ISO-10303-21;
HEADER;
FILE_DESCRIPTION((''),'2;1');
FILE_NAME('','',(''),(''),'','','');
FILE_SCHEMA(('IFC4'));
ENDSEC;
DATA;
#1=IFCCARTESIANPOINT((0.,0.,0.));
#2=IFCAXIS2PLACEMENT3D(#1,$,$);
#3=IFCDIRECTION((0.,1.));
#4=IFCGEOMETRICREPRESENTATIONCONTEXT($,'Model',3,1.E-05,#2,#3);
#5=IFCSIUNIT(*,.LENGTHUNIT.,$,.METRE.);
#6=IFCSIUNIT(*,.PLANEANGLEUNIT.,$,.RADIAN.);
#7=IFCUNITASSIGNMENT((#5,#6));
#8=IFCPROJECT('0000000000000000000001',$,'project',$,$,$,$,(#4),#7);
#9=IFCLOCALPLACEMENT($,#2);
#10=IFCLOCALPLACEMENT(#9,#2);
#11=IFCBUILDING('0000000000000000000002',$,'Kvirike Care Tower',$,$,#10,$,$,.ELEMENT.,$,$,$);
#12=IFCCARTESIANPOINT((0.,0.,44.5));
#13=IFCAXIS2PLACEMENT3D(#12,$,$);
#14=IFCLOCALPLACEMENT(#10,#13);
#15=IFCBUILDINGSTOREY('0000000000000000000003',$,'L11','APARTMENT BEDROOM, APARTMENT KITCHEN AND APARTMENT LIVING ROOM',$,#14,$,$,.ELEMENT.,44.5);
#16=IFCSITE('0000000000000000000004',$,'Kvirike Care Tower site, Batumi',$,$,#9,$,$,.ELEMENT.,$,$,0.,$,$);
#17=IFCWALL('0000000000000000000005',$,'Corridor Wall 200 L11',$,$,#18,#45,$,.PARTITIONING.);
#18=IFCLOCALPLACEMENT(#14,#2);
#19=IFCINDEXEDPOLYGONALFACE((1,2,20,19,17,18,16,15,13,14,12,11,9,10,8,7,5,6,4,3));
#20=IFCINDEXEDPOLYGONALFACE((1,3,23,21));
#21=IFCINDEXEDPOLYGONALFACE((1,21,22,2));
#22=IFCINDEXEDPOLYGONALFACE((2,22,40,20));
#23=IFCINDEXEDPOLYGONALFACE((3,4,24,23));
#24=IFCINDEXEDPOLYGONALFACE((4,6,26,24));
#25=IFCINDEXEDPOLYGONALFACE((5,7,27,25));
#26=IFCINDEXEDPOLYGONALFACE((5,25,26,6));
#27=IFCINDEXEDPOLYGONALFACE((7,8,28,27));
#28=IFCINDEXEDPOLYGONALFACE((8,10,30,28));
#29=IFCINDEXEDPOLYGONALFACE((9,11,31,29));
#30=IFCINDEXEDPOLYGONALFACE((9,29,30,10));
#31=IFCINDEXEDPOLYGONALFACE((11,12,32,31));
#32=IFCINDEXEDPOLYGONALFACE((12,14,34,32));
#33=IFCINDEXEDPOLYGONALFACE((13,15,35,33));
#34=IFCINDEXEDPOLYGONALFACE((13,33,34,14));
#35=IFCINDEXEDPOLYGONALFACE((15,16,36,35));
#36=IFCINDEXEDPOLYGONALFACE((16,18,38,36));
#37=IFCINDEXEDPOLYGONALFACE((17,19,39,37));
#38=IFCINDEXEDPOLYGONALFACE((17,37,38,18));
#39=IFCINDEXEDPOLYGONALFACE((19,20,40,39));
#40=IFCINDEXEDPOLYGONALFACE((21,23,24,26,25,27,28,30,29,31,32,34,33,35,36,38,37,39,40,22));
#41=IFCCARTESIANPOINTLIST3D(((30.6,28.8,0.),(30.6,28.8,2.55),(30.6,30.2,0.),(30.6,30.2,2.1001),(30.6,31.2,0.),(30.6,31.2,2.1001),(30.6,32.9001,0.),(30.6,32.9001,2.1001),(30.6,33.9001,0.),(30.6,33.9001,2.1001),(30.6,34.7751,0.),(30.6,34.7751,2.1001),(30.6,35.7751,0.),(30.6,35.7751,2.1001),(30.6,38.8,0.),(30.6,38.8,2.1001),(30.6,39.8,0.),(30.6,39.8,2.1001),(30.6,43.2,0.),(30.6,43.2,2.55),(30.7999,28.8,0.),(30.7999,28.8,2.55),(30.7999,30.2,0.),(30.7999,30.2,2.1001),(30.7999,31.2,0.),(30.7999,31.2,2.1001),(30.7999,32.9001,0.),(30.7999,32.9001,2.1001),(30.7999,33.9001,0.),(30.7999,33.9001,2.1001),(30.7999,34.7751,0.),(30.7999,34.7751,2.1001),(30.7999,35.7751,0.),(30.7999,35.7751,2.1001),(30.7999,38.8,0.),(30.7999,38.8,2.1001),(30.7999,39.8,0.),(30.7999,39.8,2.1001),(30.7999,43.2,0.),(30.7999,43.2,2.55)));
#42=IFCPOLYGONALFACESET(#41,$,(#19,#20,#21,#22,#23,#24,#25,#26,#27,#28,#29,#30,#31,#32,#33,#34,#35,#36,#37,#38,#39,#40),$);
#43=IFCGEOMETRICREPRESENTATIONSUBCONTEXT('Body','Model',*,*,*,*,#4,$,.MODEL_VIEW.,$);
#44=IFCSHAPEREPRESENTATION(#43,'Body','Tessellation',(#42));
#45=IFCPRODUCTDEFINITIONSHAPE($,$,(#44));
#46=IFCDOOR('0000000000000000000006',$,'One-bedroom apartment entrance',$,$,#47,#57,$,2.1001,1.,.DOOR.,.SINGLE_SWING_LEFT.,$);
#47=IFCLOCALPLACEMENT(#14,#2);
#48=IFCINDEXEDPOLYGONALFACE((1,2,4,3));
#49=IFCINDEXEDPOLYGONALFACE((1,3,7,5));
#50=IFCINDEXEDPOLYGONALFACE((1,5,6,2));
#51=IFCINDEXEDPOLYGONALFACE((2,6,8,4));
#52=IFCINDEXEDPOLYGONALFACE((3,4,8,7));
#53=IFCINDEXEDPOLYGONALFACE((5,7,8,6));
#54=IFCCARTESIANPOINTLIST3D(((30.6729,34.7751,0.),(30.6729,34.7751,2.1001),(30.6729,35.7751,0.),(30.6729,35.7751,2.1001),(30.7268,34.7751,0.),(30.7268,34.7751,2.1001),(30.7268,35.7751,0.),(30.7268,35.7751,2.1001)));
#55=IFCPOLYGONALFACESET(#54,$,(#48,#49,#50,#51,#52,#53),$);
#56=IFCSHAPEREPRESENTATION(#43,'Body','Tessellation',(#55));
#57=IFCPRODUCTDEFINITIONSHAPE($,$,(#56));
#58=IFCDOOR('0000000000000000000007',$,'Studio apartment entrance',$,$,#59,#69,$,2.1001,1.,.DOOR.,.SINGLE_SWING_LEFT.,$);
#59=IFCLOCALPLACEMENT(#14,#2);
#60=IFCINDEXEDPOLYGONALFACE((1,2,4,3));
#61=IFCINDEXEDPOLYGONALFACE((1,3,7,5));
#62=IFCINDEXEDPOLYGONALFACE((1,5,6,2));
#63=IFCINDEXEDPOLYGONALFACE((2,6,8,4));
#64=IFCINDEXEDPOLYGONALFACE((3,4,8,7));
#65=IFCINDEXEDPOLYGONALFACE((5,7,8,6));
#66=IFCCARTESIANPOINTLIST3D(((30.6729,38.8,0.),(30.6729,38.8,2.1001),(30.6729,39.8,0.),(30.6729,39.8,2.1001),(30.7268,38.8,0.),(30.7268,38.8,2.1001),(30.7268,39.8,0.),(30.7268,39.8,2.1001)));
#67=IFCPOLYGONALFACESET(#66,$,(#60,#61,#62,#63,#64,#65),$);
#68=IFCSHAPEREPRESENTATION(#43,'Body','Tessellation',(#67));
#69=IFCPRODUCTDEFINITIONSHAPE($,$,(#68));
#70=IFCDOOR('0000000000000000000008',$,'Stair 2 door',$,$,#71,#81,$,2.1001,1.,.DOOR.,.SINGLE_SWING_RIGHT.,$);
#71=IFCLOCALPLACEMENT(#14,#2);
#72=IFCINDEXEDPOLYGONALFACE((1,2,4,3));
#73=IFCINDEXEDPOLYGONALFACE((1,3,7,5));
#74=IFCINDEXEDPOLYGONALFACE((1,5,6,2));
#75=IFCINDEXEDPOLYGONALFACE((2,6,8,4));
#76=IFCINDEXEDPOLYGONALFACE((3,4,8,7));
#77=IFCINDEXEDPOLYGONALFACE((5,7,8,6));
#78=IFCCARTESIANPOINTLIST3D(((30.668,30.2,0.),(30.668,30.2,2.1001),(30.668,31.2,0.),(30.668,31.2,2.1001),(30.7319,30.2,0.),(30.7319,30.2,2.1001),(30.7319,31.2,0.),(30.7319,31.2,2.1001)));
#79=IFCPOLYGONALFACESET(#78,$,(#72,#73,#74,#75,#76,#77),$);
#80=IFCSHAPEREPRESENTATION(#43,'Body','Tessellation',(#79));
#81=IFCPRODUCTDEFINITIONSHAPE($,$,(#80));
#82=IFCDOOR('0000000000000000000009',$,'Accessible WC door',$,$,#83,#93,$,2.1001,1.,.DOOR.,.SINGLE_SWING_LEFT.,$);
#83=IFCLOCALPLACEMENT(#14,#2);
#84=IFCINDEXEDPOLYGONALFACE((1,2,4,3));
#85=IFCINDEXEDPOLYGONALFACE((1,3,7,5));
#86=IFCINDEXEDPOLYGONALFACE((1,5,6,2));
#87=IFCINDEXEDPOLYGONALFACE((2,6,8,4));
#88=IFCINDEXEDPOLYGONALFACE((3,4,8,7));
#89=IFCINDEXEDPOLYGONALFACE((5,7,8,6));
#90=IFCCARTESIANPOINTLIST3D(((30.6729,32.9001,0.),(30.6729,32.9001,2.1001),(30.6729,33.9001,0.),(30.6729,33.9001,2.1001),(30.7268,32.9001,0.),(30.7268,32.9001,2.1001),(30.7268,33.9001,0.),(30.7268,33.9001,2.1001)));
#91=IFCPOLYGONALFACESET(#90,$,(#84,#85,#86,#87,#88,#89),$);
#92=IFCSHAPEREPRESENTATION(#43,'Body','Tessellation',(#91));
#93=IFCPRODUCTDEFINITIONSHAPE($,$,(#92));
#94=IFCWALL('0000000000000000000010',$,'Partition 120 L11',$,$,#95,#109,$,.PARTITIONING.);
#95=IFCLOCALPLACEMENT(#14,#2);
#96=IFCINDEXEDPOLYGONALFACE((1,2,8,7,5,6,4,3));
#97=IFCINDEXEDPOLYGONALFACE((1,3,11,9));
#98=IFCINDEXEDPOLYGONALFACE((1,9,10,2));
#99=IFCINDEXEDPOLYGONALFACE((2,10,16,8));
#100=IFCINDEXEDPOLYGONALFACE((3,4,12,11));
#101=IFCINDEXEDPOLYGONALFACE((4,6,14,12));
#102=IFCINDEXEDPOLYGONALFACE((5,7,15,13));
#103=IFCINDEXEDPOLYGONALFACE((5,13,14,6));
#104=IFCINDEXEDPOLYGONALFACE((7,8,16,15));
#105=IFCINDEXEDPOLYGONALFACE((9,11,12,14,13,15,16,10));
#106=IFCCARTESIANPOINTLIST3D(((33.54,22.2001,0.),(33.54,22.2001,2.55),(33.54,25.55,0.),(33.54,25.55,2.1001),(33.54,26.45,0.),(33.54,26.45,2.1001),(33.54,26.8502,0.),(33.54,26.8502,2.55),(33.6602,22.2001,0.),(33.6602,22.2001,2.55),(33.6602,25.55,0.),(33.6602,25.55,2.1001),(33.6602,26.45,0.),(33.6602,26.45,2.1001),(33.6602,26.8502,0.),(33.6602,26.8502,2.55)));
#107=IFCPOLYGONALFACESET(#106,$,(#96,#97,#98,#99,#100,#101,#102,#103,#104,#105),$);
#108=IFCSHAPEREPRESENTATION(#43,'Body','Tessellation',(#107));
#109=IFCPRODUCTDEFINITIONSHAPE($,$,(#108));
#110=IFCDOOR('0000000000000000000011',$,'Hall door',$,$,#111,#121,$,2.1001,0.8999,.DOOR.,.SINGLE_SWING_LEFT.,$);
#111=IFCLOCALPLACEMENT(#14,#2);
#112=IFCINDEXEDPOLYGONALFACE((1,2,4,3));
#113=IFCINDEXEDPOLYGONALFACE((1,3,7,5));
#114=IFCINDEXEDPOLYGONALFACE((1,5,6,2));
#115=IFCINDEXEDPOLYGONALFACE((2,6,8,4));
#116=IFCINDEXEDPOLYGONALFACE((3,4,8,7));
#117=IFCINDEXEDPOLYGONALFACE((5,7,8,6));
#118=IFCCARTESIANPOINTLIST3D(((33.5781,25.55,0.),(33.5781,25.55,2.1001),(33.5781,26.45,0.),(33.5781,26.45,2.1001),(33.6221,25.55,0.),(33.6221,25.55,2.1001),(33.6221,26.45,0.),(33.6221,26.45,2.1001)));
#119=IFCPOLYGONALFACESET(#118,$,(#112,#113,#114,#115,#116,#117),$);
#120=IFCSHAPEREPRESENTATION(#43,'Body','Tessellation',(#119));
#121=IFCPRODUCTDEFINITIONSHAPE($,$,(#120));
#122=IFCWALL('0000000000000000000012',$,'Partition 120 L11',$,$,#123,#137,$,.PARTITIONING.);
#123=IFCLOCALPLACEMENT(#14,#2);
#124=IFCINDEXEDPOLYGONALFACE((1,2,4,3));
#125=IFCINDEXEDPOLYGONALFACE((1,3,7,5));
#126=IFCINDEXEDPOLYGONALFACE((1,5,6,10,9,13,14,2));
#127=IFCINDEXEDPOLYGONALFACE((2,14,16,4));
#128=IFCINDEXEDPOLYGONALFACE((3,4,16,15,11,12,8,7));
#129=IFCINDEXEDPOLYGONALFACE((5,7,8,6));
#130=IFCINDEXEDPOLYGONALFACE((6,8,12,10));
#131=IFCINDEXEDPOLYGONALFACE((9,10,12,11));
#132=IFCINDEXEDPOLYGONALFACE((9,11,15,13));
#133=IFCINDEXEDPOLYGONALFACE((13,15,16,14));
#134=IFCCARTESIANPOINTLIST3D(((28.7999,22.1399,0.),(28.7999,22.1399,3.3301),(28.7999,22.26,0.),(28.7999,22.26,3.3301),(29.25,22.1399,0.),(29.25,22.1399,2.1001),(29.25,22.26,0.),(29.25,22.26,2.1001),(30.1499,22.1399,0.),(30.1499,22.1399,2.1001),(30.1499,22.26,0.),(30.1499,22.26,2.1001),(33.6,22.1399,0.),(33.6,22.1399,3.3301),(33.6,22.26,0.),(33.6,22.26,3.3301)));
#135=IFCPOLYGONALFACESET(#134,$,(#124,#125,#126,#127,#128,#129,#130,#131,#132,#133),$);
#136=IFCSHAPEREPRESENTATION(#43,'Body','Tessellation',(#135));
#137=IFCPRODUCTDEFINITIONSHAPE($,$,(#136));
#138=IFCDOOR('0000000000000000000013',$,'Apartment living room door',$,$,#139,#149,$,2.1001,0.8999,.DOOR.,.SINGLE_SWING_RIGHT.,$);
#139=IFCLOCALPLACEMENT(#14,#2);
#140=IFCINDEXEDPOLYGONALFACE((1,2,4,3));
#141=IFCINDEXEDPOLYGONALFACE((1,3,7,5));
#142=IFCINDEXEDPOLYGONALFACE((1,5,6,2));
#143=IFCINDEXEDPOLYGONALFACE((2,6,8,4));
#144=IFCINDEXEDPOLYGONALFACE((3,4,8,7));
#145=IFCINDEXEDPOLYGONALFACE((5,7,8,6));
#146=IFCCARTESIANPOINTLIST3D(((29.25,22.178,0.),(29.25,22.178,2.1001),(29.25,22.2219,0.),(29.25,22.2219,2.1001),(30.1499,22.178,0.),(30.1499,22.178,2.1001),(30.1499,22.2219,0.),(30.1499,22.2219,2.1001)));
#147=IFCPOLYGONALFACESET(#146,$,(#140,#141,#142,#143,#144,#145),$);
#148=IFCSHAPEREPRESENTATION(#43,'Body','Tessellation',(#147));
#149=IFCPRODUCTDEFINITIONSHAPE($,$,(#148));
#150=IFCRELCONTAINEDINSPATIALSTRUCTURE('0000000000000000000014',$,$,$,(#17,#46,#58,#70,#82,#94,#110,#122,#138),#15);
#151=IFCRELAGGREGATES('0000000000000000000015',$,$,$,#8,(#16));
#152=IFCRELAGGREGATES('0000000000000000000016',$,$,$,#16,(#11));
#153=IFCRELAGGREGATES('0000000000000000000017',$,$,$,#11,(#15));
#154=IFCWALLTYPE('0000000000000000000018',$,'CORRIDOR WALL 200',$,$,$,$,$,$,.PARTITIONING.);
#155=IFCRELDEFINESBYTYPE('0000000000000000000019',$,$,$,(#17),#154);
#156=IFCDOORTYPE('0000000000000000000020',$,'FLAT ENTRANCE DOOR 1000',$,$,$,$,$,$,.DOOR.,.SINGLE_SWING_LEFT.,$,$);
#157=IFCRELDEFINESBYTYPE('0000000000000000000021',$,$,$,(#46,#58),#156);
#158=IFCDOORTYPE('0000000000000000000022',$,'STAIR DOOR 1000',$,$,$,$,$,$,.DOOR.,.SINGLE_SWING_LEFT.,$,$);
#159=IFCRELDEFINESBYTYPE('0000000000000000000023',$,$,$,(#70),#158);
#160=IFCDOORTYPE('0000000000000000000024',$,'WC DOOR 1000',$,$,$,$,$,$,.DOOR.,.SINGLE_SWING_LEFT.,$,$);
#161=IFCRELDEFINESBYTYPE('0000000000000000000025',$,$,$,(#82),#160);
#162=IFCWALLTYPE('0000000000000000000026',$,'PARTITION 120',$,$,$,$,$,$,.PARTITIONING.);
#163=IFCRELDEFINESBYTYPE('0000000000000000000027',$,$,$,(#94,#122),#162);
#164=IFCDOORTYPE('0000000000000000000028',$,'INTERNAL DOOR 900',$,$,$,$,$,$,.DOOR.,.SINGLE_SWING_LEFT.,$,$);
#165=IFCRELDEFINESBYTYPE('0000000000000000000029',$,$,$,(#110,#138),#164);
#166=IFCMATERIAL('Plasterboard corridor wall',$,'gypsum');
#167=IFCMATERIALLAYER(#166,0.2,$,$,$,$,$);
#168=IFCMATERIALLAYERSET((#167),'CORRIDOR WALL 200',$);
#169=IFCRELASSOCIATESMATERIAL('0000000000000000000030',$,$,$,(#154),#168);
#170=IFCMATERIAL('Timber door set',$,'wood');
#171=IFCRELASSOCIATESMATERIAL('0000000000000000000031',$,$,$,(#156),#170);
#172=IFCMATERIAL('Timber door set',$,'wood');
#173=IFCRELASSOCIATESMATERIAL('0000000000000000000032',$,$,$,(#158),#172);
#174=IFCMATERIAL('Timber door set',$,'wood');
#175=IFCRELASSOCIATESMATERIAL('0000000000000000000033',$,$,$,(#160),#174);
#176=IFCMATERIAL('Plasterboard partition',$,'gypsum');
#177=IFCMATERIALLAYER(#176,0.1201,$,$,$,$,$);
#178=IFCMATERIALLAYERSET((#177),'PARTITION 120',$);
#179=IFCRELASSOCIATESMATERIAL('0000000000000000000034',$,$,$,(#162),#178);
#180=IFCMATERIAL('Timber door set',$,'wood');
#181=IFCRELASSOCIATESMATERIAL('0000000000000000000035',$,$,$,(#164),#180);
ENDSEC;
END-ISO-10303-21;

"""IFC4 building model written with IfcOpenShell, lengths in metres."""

from ifc_helpers import new_model, si_unit, direction, frame, frame_2d, origin, place, context, subcontext, project, spatial, rectangle, extrude, material, layer, layer_set, type_object, element, fill, save


model = new_model("IFC4")

# Units and contexts
model_context = context("Model", 3, precision=1e-05, world=origin(), true_north=direction((0.0, 1.0)))
body_context = subcontext(model_context, "Body", "Model", "MODEL_VIEW")
ifc_project = project(units=[si_unit("LENGTHUNIT", "METRE"), si_unit("PLANEANGLEUNIT", "RADIAN")], contexts=[model_context])

# Site, building, storey
site_placement = place(None, origin())
site = spatial("IfcSite", under=ifc_project, at=site_placement, Name="Kvirike Care Tower site, Batumi", CompositionType="ELEMENT", RefElevation=0.0)
building_placement = place(site_placement, origin())
building = spatial("IfcBuilding", under=site, at=building_placement, Name="Kvirike Care Tower", CompositionType="ELEMENT")
storey_placement = place(building_placement, frame((0.0, 0.0, 44.5)))
storey = spatial("IfcBuildingStorey", under=building, at=storey_placement, Name="L11", Description="APARTMENT BEDROOM, APARTMENT KITCHEN AND APARTMENT LIVING ROOM", CompositionType="ELEMENT", Elevation=44.5)

# Shared definitions
ifc_material_1 = material(Name="Plasterboard corridor wall", Category="gypsum")
ifc_layer_1 = layer(ifc_material_1, 0.2)
ifc_layer_set_1 = layer_set([ifc_layer_1], Name="CORRIDOR WALL 200")
wall_type_1 = type_object("IfcWallType", Name="CORRIDOR WALL 200", PredefinedType="PARTITIONING", material=ifc_layer_set_1)
ifc_material_2 = material(Name="Timber door set", Category="wood")
door_type_1 = type_object("IfcDoorType", Name="FLAT ENTRANCE DOOR 1000", OperationType="SINGLE_SWING_LEFT", PredefinedType="DOOR", material=ifc_material_2)

# Wall, openings, doors
wall_1_placement = place(storey_placement, frame((30.7, 28.8, 0.0), z_axis=(0.0, 0.0, 1.0), x_axis=(0.0, 1.0, 0.0)))
wall_1 = element("IfcWall", 1, at=wall_1_placement, inside=storey, type_object=wall_type_1, Name="Corridor Wall 200 L11", PredefinedType="PARTITIONING", context=body_context, shape_type="SweptSolid", body=[
    extrude(rectangle(XDim=14.3999, YDim=0.2, at=frame_2d((7.2, 0.0))), origin(), (0.0, 0.0, 1.0), 2.55),
])
opening_1_placement = place(wall_1_placement, frame((1.3999, 0.0, 0.0)))
opening_1 = element("IfcOpeningElement", 2, at=opening_1_placement, cuts=wall_1, PredefinedType="OPENING", context=body_context, shape_type="SweptSolid", body=[
    extrude(rectangle(XDim=1.0, YDim=2.1001, at=frame_2d((0.5, 1.05))), frame((0.0, 0.1106, 0.0), z_axis=(0.0, -1.0, 0.0), x_axis=(1.0, 0.0, 0.0)), (0.0, 0.0, 1.0), 0.2209),
])
opening_2_placement = place(wall_1_placement, frame((4.1001, 0.0, 0.0)))
opening_2 = element("IfcOpeningElement", 3, at=opening_2_placement, cuts=wall_1, PredefinedType="OPENING", context=body_context, shape_type="SweptSolid", body=[
    extrude(rectangle(XDim=1.0, YDim=2.1001, at=frame_2d((0.5, 1.05))), frame((0.0, 0.1106, 0.0), z_axis=(0.0, -1.0, 0.0), x_axis=(1.0, 0.0, 0.0)), (0.0, 0.0, 1.0), 0.2209),
])
opening_3_placement = place(wall_1_placement, frame((5.9751, 0.0, 0.0)))
opening_3 = element("IfcOpeningElement", 4, at=opening_3_placement, cuts=wall_1, PredefinedType="OPENING", context=body_context, shape_type="SweptSolid", body=[
    extrude(rectangle(XDim=1.0, YDim=2.1001, at=frame_2d((0.5, 1.05))), frame((0.0, 0.1106, 0.0), z_axis=(0.0, -1.0, 0.0), x_axis=(1.0, 0.0, 0.0)), (0.0, 0.0, 1.0), 0.2209),
])
opening_4_placement = place(wall_1_placement, frame((10.0, 0.0, 0.0)))
opening_4 = element("IfcOpeningElement", 5, at=opening_4_placement, cuts=wall_1, PredefinedType="OPENING", context=body_context, shape_type="SweptSolid", body=[
    extrude(rectangle(XDim=1.0, YDim=2.1001, at=frame_2d((0.5, 1.05))), frame((0.0, 0.1106, 0.0), z_axis=(0.0, -1.0, 0.0), x_axis=(1.0, 0.0, 0.0)), (0.0, 0.0, 1.0), 0.2209),
])
door_1_placement = place(opening_3_placement, frame((1.0, 0.0, 0.0), z_axis=(0.0, 0.0, 1.0), x_axis=(-1.0, 0.0, 0.0)))
door_1 = element("IfcDoor", 6, at=door_1_placement, inside=storey, type_object=door_type_1, Name="One-bedroom apartment entrance", OperationType="SINGLE_SWING_LEFT", OverallHeight=2.1001, OverallWidth=1.0, PredefinedType="DOOR", context=body_context, shape_type="SweptSolid", body=[
    extrude(rectangle(XDim=1.0, YDim=2.1001, at=frame_2d((0.5, 1.05))), frame((0.0, 0.0269, 0.0), z_axis=(0.0, -1.0, 0.0), x_axis=(1.0, 0.0, 0.0)), (0.0, 0.0, 1.0), 0.054),
])
fill(opening_3, door_1)
door_2_placement = place(opening_4_placement, frame((1.0, 0.0, 0.0), z_axis=(0.0, 0.0, 1.0), x_axis=(-1.0, 0.0, 0.0)))
door_2 = element("IfcDoor", 7, at=door_2_placement, inside=storey, type_object=door_type_1, Name="Studio apartment entrance", OperationType="SINGLE_SWING_LEFT", OverallHeight=2.1001, OverallWidth=1.0, PredefinedType="DOOR", context=body_context, shape_type="SweptSolid", body=[
    extrude(rectangle(XDim=1.0, YDim=2.1001, at=frame_2d((0.5, 1.05))), frame((0.0, 0.0269, 0.0), z_axis=(0.0, -1.0, 0.0), x_axis=(1.0, 0.0, 0.0)), (0.0, 0.0, 1.0), 0.054),
])
fill(opening_4, door_2)
ifc_material_3 = material(Name="Timber door set", Category="wood")
door_type_2 = type_object("IfcDoorType", Name="STAIR DOOR 1000", OperationType="SINGLE_SWING_LEFT", PredefinedType="DOOR", material=ifc_material_3)
door_3_placement = place(opening_1_placement, frame((1.0, 0.0, 0.0), z_axis=(0.0, 0.0, 1.0), x_axis=(-1.0, 0.0, 0.0)))
door_3 = element("IfcDoor", 8, at=door_3_placement, inside=storey, type_object=door_type_2, Name="Stair 2 door", OperationType="SINGLE_SWING_RIGHT", OverallHeight=2.1001, OverallWidth=1.0, PredefinedType="DOOR", context=body_context, shape_type="SweptSolid", body=[
    extrude(rectangle(XDim=1.0, YDim=2.1001, at=frame_2d((0.5, 1.05))), frame((0.0, 0.032, 0.0), z_axis=(0.0, -1.0, 0.0), x_axis=(1.0, 0.0, 0.0)), (0.0, 0.0, 1.0), 0.064),
])
fill(opening_1, door_3)
ifc_material_4 = material(Name="Timber door set", Category="wood")
door_type_3 = type_object("IfcDoorType", Name="WC DOOR 1000", OperationType="SINGLE_SWING_LEFT", PredefinedType="DOOR", material=ifc_material_4)
door_4_placement = place(opening_2_placement, frame((1.0, 0.0, 0.0), z_axis=(0.0, 0.0, 1.0), x_axis=(-1.0, 0.0, 0.0)))
door_4 = element("IfcDoor", 9, at=door_4_placement, inside=storey, type_object=door_type_3, Name="Accessible WC door", OperationType="SINGLE_SWING_LEFT", OverallHeight=2.1001, OverallWidth=1.0, PredefinedType="DOOR", context=body_context, shape_type="SweptSolid", body=[
    extrude(rectangle(XDim=1.0, YDim=2.1001, at=frame_2d((0.5, 1.05))), frame((0.0, 0.0269, 0.0), z_axis=(0.0, -1.0, 0.0), x_axis=(1.0, 0.0, 0.0)), (0.0, 0.0, 1.0), 0.054),
])
fill(opening_2, door_4)

# Walls, openings, doors
ifc_material_5 = material(Name="Plasterboard partition", Category="gypsum")
ifc_layer_2 = layer(ifc_material_5, 0.1201)
ifc_layer_set_2 = layer_set([ifc_layer_2], Name="PARTITION 120")
wall_type_2 = type_object("IfcWallType", Name="PARTITION 120", PredefinedType="PARTITIONING", material=ifc_layer_set_2)
wall_2_placement = place(storey_placement, frame((33.6001, 22.2, 0.0), z_axis=(0.0, 0.0, 1.0), x_axis=(0.0, 1.0, 0.0)))
wall_2 = element("IfcWall", 10, at=wall_2_placement, inside=storey, type_object=wall_type_2, Name="Partition 120 L11", PredefinedType="PARTITIONING", context=body_context, shape_type="SweptSolid", body=[
    extrude(rectangle(XDim=4.6501, YDim=0.1201, at=frame_2d((2.3252, 0.0))), origin(), (0.0, 0.0, 1.0), 2.55),
])
opening_5_placement = place(wall_2_placement, frame((3.3501, 0.0, 0.0)))
opening_5 = element("IfcOpeningElement", 11, at=opening_5_placement, cuts=wall_2, PredefinedType="OPENING", context=body_context, shape_type="SweptSolid", body=[
    extrude(rectangle(XDim=0.8999, YDim=2.1001, at=frame_2d((0.45, 1.05))), frame((0.0, 0.0706, 0.0), z_axis=(0.0, -1.0, 0.0), x_axis=(1.0, 0.0, 0.0)), (0.0, 0.0, 1.0), 0.1411),
])
ifc_material_6 = material(Name="Timber door set", Category="wood")
door_type_4 = type_object("IfcDoorType", Name="INTERNAL DOOR 900", OperationType="SINGLE_SWING_LEFT", PredefinedType="DOOR", material=ifc_material_6)
door_5_placement = place(opening_5_placement, origin())
door_5 = element("IfcDoor", 12, at=door_5_placement, inside=storey, type_object=door_type_4, Name="Hall door", OperationType="SINGLE_SWING_LEFT", OverallHeight=2.1001, OverallWidth=0.8999, PredefinedType="DOOR", context=body_context, shape_type="SweptSolid", body=[
    extrude(rectangle(XDim=0.8999, YDim=2.1001, at=frame_2d((0.45, 1.05))), frame((0.0, 0.022, 0.0), z_axis=(0.0, -1.0, 0.0), x_axis=(1.0, 0.0, 0.0)), (0.0, 0.0, 1.0), 0.0439),
])
fill(opening_5, door_5)
wall_3_placement = place(storey_placement, frame((28.8, 22.2, 0.0), z_axis=(0.0, 0.0, 1.0), x_axis=(1.0, 0.0, 0.0)))
wall_3 = element("IfcWall", 13, at=wall_3_placement, inside=storey, type_object=wall_type_2, Name="Partition 120 L11", PredefinedType="PARTITIONING", context=body_context, shape_type="SweptSolid", body=[
    extrude(rectangle(XDim=4.8, YDim=0.1201, at=frame_2d((2.3999, 0.0))), origin(), (0.0, 0.0, 1.0), 3.3301),
])
opening_6_placement = place(wall_3_placement, frame((0.45, 0.0, 0.0)))
opening_6 = element("IfcOpeningElement", 14, at=opening_6_placement, cuts=wall_3, PredefinedType="OPENING", context=body_context, shape_type="SweptSolid", body=[
    extrude(rectangle(XDim=0.8999, YDim=2.1001, at=frame_2d((0.45, 1.05))), frame((0.0, 0.0706, 0.0), z_axis=(0.0, -1.0, 0.0), x_axis=(1.0, 0.0, 0.0)), (0.0, 0.0, 1.0), 0.1411),
])
door_6_placement = place(opening_6_placement, origin())
door_6 = element("IfcDoor", 15, at=door_6_placement, inside=storey, type_object=door_type_4, Name="Apartment living room door", OperationType="SINGLE_SWING_RIGHT", OverallHeight=2.1001, OverallWidth=0.8999, PredefinedType="DOOR", context=body_context, shape_type="SweptSolid", body=[
    extrude(rectangle(XDim=0.8999, YDim=2.1001, at=frame_2d((0.45, 1.05))), frame((0.0, 0.022, 0.0), z_axis=(0.0, -1.0, 0.0), x_axis=(1.0, 0.0, 0.0)), (0.0, 0.0, 1.0), 0.0439),
])
fill(opening_6, door_6)

save(model, "model.ifc")
